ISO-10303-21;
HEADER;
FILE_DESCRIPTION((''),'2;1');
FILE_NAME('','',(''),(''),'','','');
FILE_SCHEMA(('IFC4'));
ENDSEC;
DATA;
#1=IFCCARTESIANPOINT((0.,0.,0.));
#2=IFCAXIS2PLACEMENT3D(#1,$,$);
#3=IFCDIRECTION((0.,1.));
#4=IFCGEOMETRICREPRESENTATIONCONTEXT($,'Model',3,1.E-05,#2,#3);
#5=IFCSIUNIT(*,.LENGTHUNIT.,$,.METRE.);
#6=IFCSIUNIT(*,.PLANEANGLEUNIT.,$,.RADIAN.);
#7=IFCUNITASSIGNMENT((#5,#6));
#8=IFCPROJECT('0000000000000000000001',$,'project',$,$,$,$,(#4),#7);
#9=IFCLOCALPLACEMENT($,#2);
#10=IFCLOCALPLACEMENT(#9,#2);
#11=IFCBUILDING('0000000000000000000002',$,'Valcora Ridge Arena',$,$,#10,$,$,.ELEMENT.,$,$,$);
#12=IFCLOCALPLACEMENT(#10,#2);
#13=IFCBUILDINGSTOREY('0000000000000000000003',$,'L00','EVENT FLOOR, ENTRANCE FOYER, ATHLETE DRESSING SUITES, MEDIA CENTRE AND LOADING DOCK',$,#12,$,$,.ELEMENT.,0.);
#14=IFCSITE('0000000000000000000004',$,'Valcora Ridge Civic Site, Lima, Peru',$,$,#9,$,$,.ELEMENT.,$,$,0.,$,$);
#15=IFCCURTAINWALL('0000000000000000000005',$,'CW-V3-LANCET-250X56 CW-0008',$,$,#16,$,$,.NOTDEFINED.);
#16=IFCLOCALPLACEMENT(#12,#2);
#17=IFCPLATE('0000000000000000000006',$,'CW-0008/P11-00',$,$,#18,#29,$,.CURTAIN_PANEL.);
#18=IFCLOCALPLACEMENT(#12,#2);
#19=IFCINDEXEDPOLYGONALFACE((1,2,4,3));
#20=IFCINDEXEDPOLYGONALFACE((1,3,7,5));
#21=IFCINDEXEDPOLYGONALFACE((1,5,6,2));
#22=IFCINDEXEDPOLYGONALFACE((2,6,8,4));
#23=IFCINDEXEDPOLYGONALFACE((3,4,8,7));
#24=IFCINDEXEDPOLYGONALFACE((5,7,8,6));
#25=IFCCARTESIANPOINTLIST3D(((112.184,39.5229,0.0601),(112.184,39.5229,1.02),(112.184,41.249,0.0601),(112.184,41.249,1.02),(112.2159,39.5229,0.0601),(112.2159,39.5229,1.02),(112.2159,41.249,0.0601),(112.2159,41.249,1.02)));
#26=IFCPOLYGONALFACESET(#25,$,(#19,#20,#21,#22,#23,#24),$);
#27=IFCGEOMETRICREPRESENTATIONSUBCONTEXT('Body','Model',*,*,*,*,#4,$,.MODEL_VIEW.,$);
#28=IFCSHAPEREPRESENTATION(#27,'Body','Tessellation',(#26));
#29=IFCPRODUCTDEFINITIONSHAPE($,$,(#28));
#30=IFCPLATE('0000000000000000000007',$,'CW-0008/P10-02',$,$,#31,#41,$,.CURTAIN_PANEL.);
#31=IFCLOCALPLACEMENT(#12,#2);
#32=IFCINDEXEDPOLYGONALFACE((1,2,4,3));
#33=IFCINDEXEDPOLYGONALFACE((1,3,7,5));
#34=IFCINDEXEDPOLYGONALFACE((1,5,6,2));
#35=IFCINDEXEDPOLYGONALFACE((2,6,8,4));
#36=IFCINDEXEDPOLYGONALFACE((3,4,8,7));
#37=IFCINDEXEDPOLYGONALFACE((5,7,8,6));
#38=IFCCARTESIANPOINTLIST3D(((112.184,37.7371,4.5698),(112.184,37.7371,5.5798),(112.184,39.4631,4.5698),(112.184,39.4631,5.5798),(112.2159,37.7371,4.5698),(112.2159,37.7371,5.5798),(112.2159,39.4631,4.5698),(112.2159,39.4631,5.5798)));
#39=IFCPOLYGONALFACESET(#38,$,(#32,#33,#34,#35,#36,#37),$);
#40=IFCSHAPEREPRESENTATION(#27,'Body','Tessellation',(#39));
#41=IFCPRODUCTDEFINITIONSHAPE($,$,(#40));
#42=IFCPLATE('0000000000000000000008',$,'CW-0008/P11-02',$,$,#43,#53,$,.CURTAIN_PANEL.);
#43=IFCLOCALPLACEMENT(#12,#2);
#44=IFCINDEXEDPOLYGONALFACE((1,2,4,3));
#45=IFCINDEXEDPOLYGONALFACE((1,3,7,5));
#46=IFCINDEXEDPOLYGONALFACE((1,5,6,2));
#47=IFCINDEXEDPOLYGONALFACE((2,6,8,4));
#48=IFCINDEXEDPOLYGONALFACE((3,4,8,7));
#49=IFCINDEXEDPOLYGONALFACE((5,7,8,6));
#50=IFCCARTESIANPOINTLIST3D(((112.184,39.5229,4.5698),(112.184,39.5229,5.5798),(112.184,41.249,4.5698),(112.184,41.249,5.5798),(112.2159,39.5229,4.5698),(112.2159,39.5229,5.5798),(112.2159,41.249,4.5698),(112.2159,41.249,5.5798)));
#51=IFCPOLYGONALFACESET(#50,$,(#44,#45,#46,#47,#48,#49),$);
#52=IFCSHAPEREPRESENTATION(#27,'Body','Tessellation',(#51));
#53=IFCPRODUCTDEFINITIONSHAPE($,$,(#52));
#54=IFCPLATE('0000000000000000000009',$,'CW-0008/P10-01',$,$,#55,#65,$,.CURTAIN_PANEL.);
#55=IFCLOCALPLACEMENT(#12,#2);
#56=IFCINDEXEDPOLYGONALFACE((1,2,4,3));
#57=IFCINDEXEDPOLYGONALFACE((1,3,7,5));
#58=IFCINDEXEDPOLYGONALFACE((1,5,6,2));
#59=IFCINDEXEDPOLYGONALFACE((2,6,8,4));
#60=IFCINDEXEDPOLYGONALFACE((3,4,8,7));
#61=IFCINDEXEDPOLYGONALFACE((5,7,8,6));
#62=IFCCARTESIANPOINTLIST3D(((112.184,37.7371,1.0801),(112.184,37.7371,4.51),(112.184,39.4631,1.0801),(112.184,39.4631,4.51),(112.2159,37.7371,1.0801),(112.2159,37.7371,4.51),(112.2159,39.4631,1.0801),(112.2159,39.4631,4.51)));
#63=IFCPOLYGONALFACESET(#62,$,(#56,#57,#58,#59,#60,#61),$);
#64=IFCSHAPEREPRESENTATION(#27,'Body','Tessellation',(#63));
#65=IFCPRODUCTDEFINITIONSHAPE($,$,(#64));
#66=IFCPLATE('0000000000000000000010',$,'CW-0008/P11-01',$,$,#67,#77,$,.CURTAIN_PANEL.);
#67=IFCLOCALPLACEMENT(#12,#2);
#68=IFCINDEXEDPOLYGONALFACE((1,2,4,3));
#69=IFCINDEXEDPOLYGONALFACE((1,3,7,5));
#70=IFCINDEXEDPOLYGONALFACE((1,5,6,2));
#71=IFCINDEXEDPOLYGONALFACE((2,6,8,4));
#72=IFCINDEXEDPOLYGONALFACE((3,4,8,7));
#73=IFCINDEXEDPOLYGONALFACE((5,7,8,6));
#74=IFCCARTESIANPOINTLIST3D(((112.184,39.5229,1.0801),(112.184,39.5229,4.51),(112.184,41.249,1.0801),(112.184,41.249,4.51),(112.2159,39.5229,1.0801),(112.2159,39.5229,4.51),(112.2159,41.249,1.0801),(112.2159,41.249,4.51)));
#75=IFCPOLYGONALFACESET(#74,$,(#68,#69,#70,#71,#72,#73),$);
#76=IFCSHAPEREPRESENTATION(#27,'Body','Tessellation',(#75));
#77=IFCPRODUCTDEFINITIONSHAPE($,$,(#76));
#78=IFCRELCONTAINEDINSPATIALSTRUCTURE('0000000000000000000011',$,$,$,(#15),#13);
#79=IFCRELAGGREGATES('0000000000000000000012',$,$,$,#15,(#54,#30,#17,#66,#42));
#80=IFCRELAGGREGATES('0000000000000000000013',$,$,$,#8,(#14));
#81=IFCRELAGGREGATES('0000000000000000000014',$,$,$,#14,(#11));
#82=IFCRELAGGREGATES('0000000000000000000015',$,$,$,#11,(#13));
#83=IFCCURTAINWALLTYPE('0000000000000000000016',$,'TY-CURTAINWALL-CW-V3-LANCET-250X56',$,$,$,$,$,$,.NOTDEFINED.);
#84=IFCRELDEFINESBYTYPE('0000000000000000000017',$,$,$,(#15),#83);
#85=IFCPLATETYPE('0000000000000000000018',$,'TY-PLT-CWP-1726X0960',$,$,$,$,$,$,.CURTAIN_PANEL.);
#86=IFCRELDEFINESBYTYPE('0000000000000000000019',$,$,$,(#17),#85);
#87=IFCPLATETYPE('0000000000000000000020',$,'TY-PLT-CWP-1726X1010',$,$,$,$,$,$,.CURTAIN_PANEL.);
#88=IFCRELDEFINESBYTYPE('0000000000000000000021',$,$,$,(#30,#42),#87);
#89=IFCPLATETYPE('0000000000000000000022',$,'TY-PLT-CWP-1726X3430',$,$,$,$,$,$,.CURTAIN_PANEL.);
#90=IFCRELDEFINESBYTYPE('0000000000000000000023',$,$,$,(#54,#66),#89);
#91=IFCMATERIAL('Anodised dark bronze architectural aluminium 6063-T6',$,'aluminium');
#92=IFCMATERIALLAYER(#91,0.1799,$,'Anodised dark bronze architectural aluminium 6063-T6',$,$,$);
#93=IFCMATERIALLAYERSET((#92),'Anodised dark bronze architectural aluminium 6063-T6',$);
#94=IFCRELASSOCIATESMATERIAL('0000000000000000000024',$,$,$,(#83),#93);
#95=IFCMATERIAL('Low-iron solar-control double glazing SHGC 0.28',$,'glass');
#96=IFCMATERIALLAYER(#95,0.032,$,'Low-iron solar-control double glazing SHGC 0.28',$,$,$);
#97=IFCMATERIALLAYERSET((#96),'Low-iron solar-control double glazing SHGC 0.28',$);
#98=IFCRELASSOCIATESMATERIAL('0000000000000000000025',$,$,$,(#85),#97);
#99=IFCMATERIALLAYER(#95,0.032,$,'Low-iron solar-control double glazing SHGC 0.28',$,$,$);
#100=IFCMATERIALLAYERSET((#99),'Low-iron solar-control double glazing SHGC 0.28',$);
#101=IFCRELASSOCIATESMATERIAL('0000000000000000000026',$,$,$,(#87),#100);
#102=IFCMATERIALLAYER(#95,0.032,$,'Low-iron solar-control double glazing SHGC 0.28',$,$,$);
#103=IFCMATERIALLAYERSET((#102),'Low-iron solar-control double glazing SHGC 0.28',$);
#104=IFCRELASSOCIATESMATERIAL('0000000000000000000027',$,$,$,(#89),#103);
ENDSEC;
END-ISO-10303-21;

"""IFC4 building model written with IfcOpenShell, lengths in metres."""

from ifc_helpers import new_model, si_unit, direction, frame, origin, origin_2d, place, context, subcontext, project, spatial, rectangle, extrude, material, layer, layer_set, type_object, element, aggregate, save


model = new_model("IFC4")

# Units and contexts
model_context = context("Model", 3, precision=1e-05, world=origin(), true_north=direction((0.0, 1.0)))
body_context = subcontext(model_context, "Body", "Model", "MODEL_VIEW")
ifc_project = project(units=[si_unit("LENGTHUNIT", "METRE"), si_unit("PLANEANGLEUNIT", "RADIAN")], contexts=[model_context])

# Site, building, storey
site_placement = place(None, origin())
site = spatial("IfcSite", under=ifc_project, at=site_placement, Name="Valcora Ridge Civic Site, Lima, Peru", CompositionType="ELEMENT", RefElevation=0.0)
building_placement = place(site_placement, origin())
building = spatial("IfcBuilding", under=site, at=building_placement, Name="Valcora Ridge Arena", CompositionType="ELEMENT")
storey_placement = place(building_placement, origin())
storey = spatial("IfcBuildingStorey", under=building, at=storey_placement, Name="L00", Description="EVENT FLOOR, ENTRANCE FOYER, ATHLETE DRESSING SUITES, MEDIA CENTRE AND LOADING DOCK", CompositionType="ELEMENT", Elevation=0.0)

# Curtain wall, plates
ifc_material_1 = material(Name="Anodised dark bronze architectural aluminium 6063-T6", Category="aluminium")
ifc_layer_1 = layer(ifc_material_1, 0.1799, Name="Anodised dark bronze architectural aluminium 6063-T6")
ifc_layer_set_1 = layer_set([ifc_layer_1], Name="Anodised dark bronze architectural aluminium 6063-T6")
curtain_wall_type = type_object("IfcCurtainWallType", Name="TY-CURTAINWALL-CW-V3-LANCET-250X56", PredefinedType="NOTDEFINED", material=ifc_layer_set_1)
curtain_wall_placement = place(storey_placement, origin())
curtain_wall = element("IfcCurtainWall", 1, at=curtain_wall_placement, inside=storey, type_object=curtain_wall_type, Name="CW-V3-LANCET-250X56 CW-0008", PredefinedType="NOTDEFINED")
ifc_material_2 = material(Name="Low-iron solar-control double glazing SHGC 0.28", Category="glass")
ifc_layer_2 = layer(ifc_material_2, 0.032, Name="Low-iron solar-control double glazing SHGC 0.28")
ifc_layer_set_2 = layer_set([ifc_layer_2], Name="Low-iron solar-control double glazing SHGC 0.28")
plate_type_1 = type_object("IfcPlateType", Name="TY-PLT-CWP-1726X0960", PredefinedType="CURTAIN_PANEL", material=ifc_layer_set_2)
plate_1_placement = place(storey_placement, frame((112.2, 40.386, 0.0601), z_axis=(0.0, 0.0, 1.0), x_axis=(0.0, 1.0, 0.0)))
plate_1 = element("IfcPlate", 2, at=plate_1_placement, type_object=plate_type_1, Name="CW-0008/P11-00", PredefinedType="CURTAIN_PANEL", context=body_context, shape_type="SweptSolid", body=[
    extrude(rectangle(XDim=1.7261, YDim=0.032, at=origin_2d()), origin(), (0.0, 0.0, 1.0), 0.96),
])
ifc_layer_3 = layer(ifc_material_2, 0.032, Name="Low-iron solar-control double glazing SHGC 0.28")
ifc_layer_set_3 = layer_set([ifc_layer_3], Name="Low-iron solar-control double glazing SHGC 0.28")
plate_type_2 = type_object("IfcPlateType", Name="TY-PLT-CWP-1726X1010", PredefinedType="CURTAIN_PANEL", material=ifc_layer_set_3)
plate_2_placement = place(storey_placement, frame((112.2, 38.6001, 4.5698), z_axis=(0.0, 0.0, 1.0), x_axis=(0.0, 1.0, 0.0)))
plate_2 = element("IfcPlate", 3, at=plate_2_placement, type_object=plate_type_2, Name="CW-0008/P10-02", PredefinedType="CURTAIN_PANEL", context=body_context, shape_type="SweptSolid", body=[
    extrude(rectangle(XDim=1.7261, YDim=0.032, at=origin_2d()), origin(), (0.0, 0.0, 1.0), 1.01),
])
plate_3_placement = place(storey_placement, frame((112.2, 40.386, 4.5698), z_axis=(0.0, 0.0, 1.0), x_axis=(0.0, 1.0, 0.0)))
plate_3 = element("IfcPlate", 4, at=plate_3_placement, type_object=plate_type_2, Name="CW-0008/P11-02", PredefinedType="CURTAIN_PANEL", context=body_context, shape_type="SweptSolid", body=[
    extrude(rectangle(XDim=1.7261, YDim=0.032, at=origin_2d()), origin(), (0.0, 0.0, 1.0), 1.01),
])
ifc_layer_4 = layer(ifc_material_2, 0.032, Name="Low-iron solar-control double glazing SHGC 0.28")
ifc_layer_set_4 = layer_set([ifc_layer_4], Name="Low-iron solar-control double glazing SHGC 0.28")
plate_type_3 = type_object("IfcPlateType", Name="TY-PLT-CWP-1726X3430", PredefinedType="CURTAIN_PANEL", material=ifc_layer_set_4)
plate_4_placement = place(storey_placement, frame((112.2, 38.6001, 1.0801), z_axis=(0.0, 0.0, 1.0), x_axis=(0.0, 1.0, 0.0)))
plate_4 = element("IfcPlate", 5, at=plate_4_placement, type_object=plate_type_3, Name="CW-0008/P10-01", PredefinedType="CURTAIN_PANEL", context=body_context, shape_type="SweptSolid", body=[
    extrude(rectangle(XDim=1.7261, YDim=0.032, at=origin_2d()), origin(), (0.0, 0.0, 1.0), 3.4299),
])
plate_5_placement = place(storey_placement, frame((112.2, 40.386, 1.0801), z_axis=(0.0, 0.0, 1.0), x_axis=(0.0, 1.0, 0.0)))
plate_5 = element("IfcPlate", 6, at=plate_5_placement, type_object=plate_type_3, Name="CW-0008/P11-01", PredefinedType="CURTAIN_PANEL", context=body_context, shape_type="SweptSolid", body=[
    extrude(rectangle(XDim=1.7261, YDim=0.032, at=origin_2d()), origin(), (0.0, 0.0, 1.0), 3.4299),
])
aggregate(curtain_wall, [plate_4, plate_2, plate_1, plate_5, plate_3])

save(model, "model.ifc")
